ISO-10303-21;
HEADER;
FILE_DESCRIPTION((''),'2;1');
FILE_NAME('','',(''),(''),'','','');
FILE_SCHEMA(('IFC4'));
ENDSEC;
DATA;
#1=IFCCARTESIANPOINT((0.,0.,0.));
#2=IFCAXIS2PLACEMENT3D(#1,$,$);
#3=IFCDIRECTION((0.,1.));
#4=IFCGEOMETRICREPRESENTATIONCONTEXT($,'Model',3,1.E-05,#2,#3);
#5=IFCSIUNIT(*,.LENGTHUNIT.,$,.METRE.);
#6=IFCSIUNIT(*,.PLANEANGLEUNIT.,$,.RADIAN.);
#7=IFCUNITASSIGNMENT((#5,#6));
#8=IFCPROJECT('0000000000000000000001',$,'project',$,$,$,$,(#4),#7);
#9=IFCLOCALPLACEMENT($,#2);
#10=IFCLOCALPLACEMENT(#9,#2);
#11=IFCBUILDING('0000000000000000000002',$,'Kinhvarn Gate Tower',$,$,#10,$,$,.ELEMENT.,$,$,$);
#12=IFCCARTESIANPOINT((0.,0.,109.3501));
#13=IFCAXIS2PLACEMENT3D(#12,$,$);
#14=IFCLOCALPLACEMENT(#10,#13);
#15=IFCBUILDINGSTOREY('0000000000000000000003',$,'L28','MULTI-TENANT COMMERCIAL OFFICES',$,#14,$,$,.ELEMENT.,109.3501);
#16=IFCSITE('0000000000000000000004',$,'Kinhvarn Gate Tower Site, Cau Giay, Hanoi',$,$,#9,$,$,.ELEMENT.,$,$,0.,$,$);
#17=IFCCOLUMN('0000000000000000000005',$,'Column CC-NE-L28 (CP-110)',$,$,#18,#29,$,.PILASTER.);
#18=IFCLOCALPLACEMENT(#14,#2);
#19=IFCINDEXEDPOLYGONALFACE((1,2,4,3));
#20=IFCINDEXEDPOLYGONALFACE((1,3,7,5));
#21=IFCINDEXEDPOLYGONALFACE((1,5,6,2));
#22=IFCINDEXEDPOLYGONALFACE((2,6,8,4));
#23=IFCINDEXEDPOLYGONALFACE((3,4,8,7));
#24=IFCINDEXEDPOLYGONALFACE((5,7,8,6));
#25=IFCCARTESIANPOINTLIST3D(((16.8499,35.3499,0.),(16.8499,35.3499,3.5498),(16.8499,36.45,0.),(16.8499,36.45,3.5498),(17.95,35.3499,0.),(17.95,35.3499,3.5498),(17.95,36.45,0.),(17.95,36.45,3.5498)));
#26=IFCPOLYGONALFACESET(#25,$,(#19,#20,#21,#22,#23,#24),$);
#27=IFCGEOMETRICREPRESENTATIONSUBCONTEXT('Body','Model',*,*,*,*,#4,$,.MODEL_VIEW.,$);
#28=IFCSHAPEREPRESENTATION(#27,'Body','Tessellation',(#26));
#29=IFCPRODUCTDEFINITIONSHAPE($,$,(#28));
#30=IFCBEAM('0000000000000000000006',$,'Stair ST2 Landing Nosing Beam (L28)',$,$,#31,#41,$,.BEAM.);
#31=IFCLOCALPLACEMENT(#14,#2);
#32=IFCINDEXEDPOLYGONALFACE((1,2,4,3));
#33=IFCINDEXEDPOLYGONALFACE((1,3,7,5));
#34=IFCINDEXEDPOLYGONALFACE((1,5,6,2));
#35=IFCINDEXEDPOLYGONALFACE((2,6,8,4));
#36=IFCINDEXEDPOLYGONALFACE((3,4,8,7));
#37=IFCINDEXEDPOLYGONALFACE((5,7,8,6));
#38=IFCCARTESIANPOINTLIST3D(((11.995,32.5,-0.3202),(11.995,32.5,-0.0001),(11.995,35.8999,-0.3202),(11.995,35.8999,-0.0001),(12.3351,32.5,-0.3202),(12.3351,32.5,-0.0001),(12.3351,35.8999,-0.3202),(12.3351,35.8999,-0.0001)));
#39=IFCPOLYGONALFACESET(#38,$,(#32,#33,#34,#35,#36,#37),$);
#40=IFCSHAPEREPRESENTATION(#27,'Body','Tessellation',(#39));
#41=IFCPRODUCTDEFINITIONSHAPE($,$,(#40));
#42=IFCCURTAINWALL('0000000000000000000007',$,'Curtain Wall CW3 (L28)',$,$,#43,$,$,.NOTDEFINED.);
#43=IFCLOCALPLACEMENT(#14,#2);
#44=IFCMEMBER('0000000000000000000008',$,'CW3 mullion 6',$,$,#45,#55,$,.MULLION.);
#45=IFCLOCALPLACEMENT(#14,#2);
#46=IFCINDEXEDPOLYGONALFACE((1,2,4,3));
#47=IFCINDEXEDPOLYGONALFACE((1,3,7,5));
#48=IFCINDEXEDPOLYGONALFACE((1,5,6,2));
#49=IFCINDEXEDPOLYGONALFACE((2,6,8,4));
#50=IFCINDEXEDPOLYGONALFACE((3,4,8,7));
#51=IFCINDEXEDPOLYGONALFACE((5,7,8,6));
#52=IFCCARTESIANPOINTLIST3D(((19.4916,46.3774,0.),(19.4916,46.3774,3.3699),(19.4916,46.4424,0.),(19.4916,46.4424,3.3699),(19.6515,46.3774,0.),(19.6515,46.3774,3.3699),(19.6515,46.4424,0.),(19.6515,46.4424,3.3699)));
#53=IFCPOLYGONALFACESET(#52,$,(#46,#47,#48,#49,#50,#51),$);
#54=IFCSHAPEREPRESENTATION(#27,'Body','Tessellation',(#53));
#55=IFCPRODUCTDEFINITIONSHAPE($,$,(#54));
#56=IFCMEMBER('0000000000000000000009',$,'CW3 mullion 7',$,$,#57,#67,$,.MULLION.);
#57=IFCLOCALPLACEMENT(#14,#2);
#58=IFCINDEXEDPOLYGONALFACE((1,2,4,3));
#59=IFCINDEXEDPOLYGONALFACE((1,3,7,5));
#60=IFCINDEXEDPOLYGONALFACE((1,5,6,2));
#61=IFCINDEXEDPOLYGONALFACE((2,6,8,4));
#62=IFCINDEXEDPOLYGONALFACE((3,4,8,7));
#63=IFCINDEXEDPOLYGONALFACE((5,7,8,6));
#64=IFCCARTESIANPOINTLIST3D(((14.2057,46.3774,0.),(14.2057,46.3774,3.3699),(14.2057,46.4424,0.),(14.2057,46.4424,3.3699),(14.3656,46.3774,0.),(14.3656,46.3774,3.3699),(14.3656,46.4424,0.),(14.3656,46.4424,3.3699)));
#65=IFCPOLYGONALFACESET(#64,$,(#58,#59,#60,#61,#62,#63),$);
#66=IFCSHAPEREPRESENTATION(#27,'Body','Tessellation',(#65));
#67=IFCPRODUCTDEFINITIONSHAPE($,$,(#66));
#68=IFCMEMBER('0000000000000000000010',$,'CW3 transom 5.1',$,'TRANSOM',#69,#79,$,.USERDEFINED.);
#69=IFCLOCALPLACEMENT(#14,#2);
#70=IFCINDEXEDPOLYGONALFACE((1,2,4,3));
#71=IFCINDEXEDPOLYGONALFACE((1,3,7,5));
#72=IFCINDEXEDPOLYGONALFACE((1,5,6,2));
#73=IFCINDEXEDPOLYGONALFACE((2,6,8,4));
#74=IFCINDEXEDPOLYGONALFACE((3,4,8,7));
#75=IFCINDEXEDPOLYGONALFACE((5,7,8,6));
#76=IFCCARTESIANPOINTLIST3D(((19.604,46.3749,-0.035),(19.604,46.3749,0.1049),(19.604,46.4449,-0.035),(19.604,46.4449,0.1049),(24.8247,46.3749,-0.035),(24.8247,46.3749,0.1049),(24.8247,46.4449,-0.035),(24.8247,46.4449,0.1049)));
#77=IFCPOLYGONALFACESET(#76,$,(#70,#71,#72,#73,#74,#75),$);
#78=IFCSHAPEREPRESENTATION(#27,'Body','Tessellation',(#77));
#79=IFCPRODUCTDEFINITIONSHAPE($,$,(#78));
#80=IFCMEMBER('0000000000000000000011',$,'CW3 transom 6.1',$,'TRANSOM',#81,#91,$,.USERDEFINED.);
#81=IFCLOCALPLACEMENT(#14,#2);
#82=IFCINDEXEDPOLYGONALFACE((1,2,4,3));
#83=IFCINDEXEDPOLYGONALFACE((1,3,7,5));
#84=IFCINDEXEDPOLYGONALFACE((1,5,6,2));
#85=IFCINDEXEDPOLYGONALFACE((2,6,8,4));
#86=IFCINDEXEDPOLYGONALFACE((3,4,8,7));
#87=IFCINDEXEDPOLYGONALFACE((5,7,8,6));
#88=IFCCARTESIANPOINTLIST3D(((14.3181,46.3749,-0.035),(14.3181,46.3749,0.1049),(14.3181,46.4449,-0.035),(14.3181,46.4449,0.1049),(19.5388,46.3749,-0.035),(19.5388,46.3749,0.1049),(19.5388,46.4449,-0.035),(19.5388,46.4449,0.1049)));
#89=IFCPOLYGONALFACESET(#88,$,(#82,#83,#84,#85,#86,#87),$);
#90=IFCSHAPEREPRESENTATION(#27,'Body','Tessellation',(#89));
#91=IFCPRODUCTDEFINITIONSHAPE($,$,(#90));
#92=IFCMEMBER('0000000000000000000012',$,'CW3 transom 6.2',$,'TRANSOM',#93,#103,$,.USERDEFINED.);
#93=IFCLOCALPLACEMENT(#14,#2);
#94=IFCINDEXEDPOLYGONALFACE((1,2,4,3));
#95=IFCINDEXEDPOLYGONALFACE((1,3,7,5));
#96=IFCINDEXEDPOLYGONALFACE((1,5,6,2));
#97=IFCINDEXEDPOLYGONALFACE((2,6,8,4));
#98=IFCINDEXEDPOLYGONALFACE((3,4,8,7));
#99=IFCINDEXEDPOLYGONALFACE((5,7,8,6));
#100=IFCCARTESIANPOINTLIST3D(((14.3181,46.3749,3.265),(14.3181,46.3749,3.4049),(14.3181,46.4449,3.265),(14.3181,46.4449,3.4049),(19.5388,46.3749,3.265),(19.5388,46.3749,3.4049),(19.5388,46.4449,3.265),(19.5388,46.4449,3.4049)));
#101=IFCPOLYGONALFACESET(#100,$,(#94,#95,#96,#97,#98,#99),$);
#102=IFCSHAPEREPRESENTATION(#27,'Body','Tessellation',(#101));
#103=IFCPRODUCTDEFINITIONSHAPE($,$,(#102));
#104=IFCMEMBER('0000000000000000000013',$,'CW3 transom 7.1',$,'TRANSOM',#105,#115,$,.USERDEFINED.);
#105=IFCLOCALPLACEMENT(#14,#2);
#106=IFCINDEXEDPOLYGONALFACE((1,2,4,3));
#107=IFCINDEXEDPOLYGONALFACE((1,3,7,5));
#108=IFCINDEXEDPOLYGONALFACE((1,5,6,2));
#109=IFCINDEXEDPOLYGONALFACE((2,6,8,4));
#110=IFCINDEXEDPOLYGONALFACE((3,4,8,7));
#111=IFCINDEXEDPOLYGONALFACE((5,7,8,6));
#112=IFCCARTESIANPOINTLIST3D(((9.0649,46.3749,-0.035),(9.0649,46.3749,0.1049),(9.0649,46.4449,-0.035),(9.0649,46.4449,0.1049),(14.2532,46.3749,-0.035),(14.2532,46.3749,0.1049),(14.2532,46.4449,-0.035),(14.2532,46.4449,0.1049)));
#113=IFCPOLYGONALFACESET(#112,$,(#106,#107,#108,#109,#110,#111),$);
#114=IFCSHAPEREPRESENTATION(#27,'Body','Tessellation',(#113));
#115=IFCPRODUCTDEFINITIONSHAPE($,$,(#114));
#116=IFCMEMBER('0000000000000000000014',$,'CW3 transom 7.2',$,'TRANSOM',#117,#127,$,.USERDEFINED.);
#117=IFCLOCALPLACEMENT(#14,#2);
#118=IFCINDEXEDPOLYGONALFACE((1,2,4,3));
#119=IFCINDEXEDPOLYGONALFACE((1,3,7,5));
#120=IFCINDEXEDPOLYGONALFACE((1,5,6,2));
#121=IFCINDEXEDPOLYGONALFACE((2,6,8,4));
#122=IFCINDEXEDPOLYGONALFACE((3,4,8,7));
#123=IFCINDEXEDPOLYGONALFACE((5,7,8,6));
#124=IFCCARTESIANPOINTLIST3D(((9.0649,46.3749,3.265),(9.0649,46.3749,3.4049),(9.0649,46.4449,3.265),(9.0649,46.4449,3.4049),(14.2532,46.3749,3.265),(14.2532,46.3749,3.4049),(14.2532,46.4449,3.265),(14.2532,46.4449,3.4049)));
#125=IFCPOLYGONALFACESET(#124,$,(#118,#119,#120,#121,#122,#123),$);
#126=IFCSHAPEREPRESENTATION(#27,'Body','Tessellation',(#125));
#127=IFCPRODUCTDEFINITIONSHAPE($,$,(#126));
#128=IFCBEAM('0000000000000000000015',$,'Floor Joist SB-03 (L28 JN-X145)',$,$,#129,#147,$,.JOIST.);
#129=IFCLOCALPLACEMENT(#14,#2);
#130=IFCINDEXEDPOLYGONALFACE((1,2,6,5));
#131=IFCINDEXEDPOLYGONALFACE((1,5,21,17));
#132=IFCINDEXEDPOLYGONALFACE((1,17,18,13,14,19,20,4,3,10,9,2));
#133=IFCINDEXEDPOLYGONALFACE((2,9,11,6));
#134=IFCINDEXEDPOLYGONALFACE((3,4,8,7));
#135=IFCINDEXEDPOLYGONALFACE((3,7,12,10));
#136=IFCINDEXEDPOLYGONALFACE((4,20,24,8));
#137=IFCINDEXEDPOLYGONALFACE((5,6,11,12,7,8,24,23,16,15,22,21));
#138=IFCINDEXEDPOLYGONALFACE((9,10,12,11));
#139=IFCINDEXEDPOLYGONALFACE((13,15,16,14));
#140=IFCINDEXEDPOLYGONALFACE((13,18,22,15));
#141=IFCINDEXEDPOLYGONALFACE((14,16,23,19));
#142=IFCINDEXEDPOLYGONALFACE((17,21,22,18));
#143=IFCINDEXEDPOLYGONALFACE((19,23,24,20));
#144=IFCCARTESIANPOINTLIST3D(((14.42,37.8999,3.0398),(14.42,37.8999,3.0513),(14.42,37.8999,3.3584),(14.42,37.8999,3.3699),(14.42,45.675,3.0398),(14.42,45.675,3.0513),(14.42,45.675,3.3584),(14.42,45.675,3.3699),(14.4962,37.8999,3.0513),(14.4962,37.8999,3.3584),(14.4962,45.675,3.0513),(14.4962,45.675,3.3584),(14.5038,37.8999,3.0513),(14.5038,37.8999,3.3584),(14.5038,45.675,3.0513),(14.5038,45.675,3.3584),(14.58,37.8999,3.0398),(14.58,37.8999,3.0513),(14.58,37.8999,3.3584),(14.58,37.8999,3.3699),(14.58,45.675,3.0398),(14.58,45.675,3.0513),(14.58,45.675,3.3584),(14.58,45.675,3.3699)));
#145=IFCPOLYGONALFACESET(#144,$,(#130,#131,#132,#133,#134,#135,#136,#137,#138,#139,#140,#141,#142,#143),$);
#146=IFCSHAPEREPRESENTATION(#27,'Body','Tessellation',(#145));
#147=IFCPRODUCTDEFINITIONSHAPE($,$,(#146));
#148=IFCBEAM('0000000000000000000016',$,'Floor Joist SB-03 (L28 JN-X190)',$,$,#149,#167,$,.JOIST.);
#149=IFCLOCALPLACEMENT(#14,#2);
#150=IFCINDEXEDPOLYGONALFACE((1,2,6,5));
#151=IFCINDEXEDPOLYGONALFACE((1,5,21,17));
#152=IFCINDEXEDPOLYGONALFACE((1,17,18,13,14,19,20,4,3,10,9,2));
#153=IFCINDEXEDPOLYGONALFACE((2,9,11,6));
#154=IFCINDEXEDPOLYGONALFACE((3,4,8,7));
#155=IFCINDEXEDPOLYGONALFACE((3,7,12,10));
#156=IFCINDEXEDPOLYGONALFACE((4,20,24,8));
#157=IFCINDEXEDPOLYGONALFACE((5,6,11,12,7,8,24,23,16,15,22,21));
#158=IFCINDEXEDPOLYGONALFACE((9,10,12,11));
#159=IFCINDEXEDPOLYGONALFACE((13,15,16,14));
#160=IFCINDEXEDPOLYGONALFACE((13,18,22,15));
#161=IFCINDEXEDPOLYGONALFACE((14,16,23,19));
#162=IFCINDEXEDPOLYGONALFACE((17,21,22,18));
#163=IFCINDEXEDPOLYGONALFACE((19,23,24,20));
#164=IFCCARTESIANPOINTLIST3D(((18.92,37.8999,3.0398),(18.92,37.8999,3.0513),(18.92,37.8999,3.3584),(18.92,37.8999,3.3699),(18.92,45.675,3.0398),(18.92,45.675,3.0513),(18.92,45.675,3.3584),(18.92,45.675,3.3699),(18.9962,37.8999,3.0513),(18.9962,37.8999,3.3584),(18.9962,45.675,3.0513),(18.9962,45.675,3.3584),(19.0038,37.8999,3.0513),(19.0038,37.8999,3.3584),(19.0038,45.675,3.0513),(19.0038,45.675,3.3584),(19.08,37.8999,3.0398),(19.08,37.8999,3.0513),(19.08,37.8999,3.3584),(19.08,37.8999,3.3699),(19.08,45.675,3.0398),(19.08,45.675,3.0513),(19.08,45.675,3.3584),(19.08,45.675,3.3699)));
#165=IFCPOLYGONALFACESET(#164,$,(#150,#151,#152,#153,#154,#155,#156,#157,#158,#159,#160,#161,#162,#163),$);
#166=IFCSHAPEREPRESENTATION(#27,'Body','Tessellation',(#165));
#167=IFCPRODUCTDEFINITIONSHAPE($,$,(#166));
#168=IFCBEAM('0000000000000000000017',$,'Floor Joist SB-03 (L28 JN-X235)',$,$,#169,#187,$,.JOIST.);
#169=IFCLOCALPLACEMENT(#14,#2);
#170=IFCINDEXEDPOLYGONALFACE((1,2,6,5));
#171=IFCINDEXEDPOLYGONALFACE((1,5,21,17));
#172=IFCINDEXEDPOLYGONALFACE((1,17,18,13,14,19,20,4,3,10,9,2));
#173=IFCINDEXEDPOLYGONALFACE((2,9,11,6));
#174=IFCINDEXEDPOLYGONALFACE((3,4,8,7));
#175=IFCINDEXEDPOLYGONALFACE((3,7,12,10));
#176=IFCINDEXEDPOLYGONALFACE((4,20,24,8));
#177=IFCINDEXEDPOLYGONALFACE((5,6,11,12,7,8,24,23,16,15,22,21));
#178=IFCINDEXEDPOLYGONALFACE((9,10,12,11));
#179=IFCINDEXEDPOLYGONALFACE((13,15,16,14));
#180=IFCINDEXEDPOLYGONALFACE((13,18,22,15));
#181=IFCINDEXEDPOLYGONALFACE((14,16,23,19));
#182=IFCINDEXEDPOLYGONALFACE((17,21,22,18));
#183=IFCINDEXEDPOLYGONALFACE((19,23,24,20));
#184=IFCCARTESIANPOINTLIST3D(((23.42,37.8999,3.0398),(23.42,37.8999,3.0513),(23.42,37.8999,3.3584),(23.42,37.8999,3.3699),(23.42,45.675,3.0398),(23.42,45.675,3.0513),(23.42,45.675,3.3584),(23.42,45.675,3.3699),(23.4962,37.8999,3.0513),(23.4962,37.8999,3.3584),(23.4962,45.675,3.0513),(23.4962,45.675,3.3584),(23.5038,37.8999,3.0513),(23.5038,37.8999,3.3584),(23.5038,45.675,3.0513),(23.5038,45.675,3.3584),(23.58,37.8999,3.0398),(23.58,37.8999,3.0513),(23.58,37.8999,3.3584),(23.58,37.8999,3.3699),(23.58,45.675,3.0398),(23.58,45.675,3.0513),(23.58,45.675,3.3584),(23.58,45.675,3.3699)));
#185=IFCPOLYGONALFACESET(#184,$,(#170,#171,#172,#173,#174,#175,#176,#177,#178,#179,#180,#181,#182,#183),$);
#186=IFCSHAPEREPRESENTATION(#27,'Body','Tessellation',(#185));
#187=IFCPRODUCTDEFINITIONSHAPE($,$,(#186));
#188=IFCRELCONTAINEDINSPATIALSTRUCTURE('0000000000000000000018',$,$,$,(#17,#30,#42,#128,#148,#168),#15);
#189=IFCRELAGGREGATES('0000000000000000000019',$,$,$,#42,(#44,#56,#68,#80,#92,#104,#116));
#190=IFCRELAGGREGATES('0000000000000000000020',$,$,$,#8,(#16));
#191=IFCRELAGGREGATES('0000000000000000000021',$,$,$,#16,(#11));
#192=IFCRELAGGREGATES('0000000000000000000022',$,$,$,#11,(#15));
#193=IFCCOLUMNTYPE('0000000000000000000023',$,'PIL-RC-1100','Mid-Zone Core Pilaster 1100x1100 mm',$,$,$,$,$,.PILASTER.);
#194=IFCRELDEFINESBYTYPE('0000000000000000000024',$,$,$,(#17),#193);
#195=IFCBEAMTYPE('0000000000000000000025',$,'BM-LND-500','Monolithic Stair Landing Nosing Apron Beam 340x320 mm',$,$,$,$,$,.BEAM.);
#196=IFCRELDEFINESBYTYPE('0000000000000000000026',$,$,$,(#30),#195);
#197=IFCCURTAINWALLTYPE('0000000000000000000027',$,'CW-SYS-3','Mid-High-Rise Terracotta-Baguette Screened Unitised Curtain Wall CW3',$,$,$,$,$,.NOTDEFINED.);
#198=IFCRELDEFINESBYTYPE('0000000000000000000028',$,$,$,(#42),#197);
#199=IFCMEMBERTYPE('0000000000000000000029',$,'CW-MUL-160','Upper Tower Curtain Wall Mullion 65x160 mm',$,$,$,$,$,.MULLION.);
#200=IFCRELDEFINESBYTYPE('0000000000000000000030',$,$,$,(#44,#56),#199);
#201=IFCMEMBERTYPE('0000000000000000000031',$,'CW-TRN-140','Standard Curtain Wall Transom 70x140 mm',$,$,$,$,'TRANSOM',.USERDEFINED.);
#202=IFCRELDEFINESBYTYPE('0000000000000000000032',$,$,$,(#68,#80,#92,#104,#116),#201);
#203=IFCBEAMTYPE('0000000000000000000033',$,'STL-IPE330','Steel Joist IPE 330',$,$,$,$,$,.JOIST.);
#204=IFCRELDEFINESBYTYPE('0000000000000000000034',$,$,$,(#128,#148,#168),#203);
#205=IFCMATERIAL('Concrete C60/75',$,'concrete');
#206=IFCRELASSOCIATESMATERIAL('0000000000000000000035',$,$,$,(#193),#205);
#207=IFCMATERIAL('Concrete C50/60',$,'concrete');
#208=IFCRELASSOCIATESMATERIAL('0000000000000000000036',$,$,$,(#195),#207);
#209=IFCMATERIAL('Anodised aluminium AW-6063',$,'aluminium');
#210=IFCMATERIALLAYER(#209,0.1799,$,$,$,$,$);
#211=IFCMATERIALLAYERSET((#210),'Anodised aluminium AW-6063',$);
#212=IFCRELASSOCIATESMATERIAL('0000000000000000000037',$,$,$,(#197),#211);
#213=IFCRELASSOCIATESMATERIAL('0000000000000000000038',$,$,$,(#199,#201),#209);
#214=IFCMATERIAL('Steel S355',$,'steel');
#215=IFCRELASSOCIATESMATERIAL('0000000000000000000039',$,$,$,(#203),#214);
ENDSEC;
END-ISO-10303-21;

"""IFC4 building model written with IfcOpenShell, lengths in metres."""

from ifc_helpers import new_model, si_unit, direction, frame, origin, origin_2d, place, context, subcontext, project, spatial, rectangle, i_section, extrude, material, layer, layer_set, material_profile, profile_set, type_object, element, aggregate, save


model = new_model("IFC4")

# Units and contexts
model_context = context("Model", 3, precision=1e-05, world=origin(), true_north=direction((0.0, 1.0)))
body_context = subcontext(model_context, "Body", "Model", "MODEL_VIEW")
ifc_project = project(units=[si_unit("LENGTHUNIT", "METRE"), si_unit("PLANEANGLEUNIT", "RADIAN")], contexts=[model_context])

# Site, building, storey
site_placement = place(None, origin())
site = spatial("IfcSite", under=ifc_project, at=site_placement, Name="Kinhvarn Gate Tower Site, Cau Giay, Hanoi", CompositionType="ELEMENT", RefElevation=0.0)
building_placement = place(site_placement, origin())
building = spatial("IfcBuilding", under=site, at=building_placement, Name="Kinhvarn Gate Tower", CompositionType="ELEMENT")
storey_placement = place(building_placement, frame((0.0, 0.0, 109.3501)))
storey = spatial("IfcBuildingStorey", under=building, at=storey_placement, Name="L28", Description="MULTI-TENANT COMMERCIAL OFFICES", CompositionType="ELEMENT", Elevation=109.3501)

# Column
ifc_material_1 = material(Name="Concrete C60/75", Category="concrete")
ifc_material_profile_1 = material_profile(ifc_material_1, rectangle(XDim=1.1001, YDim=1.1001, at=origin_2d()), Name="RC 1100x1100")
ifc_profile_set_1 = profile_set([ifc_material_profile_1], Name="Concrete C60/75")
column_type = type_object("IfcColumnType", Name="PIL-RC-1100", Description="Mid-Zone Core Pilaster 1100x1100 mm", PredefinedType="PILASTER", material=ifc_profile_set_1)
column_placement = place(storey_placement, frame((17.3999, 35.8999, 0.0), z_axis=(0.0, 0.0, 1.0), x_axis=(1.0, 0.0, 0.0)))
element("IfcColumn", 1, at=column_placement, inside=storey, type_object=column_type, Name="Column CC-NE-L28 (CP-110)", PredefinedType="PILASTER", context=body_context, shape_type="SweptSolid", body=[
    extrude(rectangle(XDim=1.1001, YDim=1.1001, at=origin_2d()), origin(), (0.0, 0.0, 1.0), 3.5498),
])

# Beam
ifc_material_2 = material(Name="Concrete C50/60", Category="concrete")
ifc_material_profile_2 = material_profile(ifc_material_2, rectangle(XDim=0.3401, YDim=0.3201, at=origin_2d()), Name="RC 340x320")
ifc_profile_set_2 = profile_set([ifc_material_profile_2], Name="Concrete C50/60")
beam_type_1 = type_object("IfcBeamType", Name="BM-LND-500", Description="Monolithic Stair Landing Nosing Apron Beam 340x320 mm", PredefinedType="BEAM", material=ifc_profile_set_2)
beam_placement = place(storey_placement, frame((12.165, 32.5, -0.1602), z_axis=(0.0, 1.0, 0.0), x_axis=(-1.0, 0.0, 0.0)))
element("IfcBeam", 2, at=beam_placement, inside=storey, type_object=beam_type_1, Name="Stair ST2 Landing Nosing Beam (L28)", PredefinedType="BEAM", context=body_context, shape_type="SweptSolid", body=[
    extrude(rectangle(XDim=0.3401, YDim=0.3201, at=origin_2d()), origin(), (0.0, 0.0, 1.0), 3.3999),
])

# Curtain wall, members
ifc_material_3 = material(Name="Anodised aluminium AW-6063", Category="aluminium")
ifc_layer_1 = layer(ifc_material_3, 0.1799)
ifc_layer_set_1 = layer_set([ifc_layer_1], Name="Anodised aluminium AW-6063")
curtain_wall_type = type_object("IfcCurtainWallType", Name="CW-SYS-3", Description="Mid-High-Rise Terracotta-Baguette Screened Unitised Curtain Wall CW3", PredefinedType="NOTDEFINED", material=ifc_layer_set_1)
curtain_wall_placement = place(storey_placement, origin())
curtain_wall = element("IfcCurtainWall", 3, at=curtain_wall_placement, inside=storey, type_object=curtain_wall_type, Name="Curtain Wall CW3 (L28)", PredefinedType="NOTDEFINED")
ifc_material_profile_3 = material_profile(ifc_material_3, rectangle(XDim=0.0649, YDim=0.1599, at=origin_2d()), Name="ALU 65x160")
ifc_profile_set_3 = profile_set([ifc_material_profile_3], Name="Anodised aluminium AW-6063")
member_type_1 = type_object("IfcMemberType", Name="CW-MUL-160", Description="Upper Tower Curtain Wall Mullion 65x160 mm", PredefinedType="MULLION", material=ifc_profile_set_3)
member_1_placement = place(storey_placement, frame((19.5715, 46.4099, 0.0), z_axis=(0.0, 0.0, 1.0), x_axis=(0.0, -1.0, 0.0)))
member_1 = element("IfcMember", 4, at=member_1_placement, type_object=member_type_1, Name="CW3 mullion 6", PredefinedType="MULLION", context=body_context, shape_type="SweptSolid", body=[
    extrude(rectangle(XDim=0.0649, YDim=0.1599, at=origin_2d()), origin(), (0.0, 0.0, 1.0), 3.3699),
])
member_2_placement = place(storey_placement, frame((14.2856, 46.4099, 0.0), z_axis=(0.0, 0.0, 1.0), x_axis=(0.0, -1.0, 0.0)))
member_2 = element("IfcMember", 5, at=member_2_placement, type_object=member_type_1, Name="CW3 mullion 7", PredefinedType="MULLION", context=body_context, shape_type="SweptSolid", body=[
    extrude(rectangle(XDim=0.0649, YDim=0.1599, at=origin_2d()), origin(), (0.0, 0.0, 1.0), 3.3699),
])
ifc_material_profile_4 = material_profile(ifc_material_3, rectangle(XDim=0.0701, YDim=0.1399, at=origin_2d()), Name="ALU 70x140")
ifc_profile_set_4 = profile_set([ifc_material_profile_4], Name="Anodised aluminium AW-6063")
member_type_2 = type_object("IfcMemberType", Name="CW-TRN-140", Description="Standard Curtain Wall Transom 70x140 mm", ElementType="TRANSOM", PredefinedType="USERDEFINED", material=ifc_profile_set_4)
member_3_placement = place(storey_placement, frame((24.8247, 46.4099, 0.0349), z_axis=(-1.0, 0.0, 0.0), x_axis=(0.0, -1.0, 0.0)))
member_3 = element("IfcMember", 6, at=member_3_placement, type_object=member_type_2, Name="CW3 transom 5.1", ObjectType="TRANSOM", PredefinedType="USERDEFINED", context=body_context, shape_type="SweptSolid", body=[
    extrude(rectangle(XDim=0.0701, YDim=0.1399, at=origin_2d()), origin(), (0.0, 0.0, 1.0), 5.2207),
])
member_4_placement = place(storey_placement, frame((19.5388, 46.4099, 0.0349), z_axis=(-1.0, 0.0, 0.0), x_axis=(0.0, -1.0, 0.0)))
member_4 = element("IfcMember", 7, at=member_4_placement, type_object=member_type_2, Name="CW3 transom 6.1", ObjectType="TRANSOM", PredefinedType="USERDEFINED", context=body_context, shape_type="SweptSolid", body=[
    extrude(rectangle(XDim=0.0701, YDim=0.1399, at=origin_2d()), origin(), (0.0, 0.0, 1.0), 5.2207),
])
member_5_placement = place(storey_placement, frame((19.5388, 46.4099, 3.335), z_axis=(-1.0, 0.0, 0.0), x_axis=(0.0, -1.0, 0.0)))
member_5 = element("IfcMember", 8, at=member_5_placement, type_object=member_type_2, Name="CW3 transom 6.2", ObjectType="TRANSOM", PredefinedType="USERDEFINED", context=body_context, shape_type="SweptSolid", body=[
    extrude(rectangle(XDim=0.0701, YDim=0.1399, at=origin_2d()), origin(), (0.0, 0.0, 1.0), 5.2207),
])
member_6_placement = place(storey_placement, frame((14.2532, 46.4099, 0.0349), z_axis=(-1.0, 0.0, 0.0), x_axis=(0.0, -1.0, 0.0)))
member_6 = element("IfcMember", 9, at=member_6_placement, type_object=member_type_2, Name="CW3 transom 7.1", ObjectType="TRANSOM", PredefinedType="USERDEFINED", context=body_context, shape_type="SweptSolid", body=[
    extrude(rectangle(XDim=0.0701, YDim=0.1399, at=origin_2d()), origin(), (0.0, 0.0, 1.0), 5.1882),
])
member_7_placement = place(storey_placement, frame((14.2532, 46.4099, 3.335), z_axis=(-1.0, 0.0, 0.0), x_axis=(0.0, -1.0, 0.0)))
member_7 = element("IfcMember", 10, at=member_7_placement, type_object=member_type_2, Name="CW3 transom 7.2", ObjectType="TRANSOM", PredefinedType="USERDEFINED", context=body_context, shape_type="SweptSolid", body=[
    extrude(rectangle(XDim=0.0701, YDim=0.1399, at=origin_2d()), origin(), (0.0, 0.0, 1.0), 5.1882),
])

# Beams
ifc_material_4 = material(Name="Steel S355", Category="steel")
ifc_material_profile_5 = material_profile(ifc_material_4, i_section(OverallWidth=0.1599, OverallDepth=0.3301, WebThickness=0.0076, FlangeThickness=0.0115, at=origin_2d()), Name="IPE 330")
ifc_profile_set_5 = profile_set([ifc_material_profile_5], Name="Steel S355")
beam_type_2 = type_object("IfcBeamType", Name="STL-IPE330", Description="Steel Joist IPE 330", PredefinedType="JOIST", material=ifc_profile_set_5)
for number, where, z_axis, x_axis, name in (
    (11, (14.5, 37.8999, 3.2048), (0.0, 1.0, 0.0), (-1.0, 0.0, 0.0), "Floor Joist SB-03 (L28 JN-X145)"),
    (12, (19.0, 37.8999, 3.2048), (0.0, 1.0, 0.0), (-1.0, 0.0, 0.0), "Floor Joist SB-03 (L28 JN-X190)"),
    (13, (23.5, 37.8999, 3.2048), (0.0, 1.0, 0.0), (-1.0, 0.0, 0.0), "Floor Joist SB-03 (L28 JN-X235)"),
):
    element("IfcBeam", number, at=place(storey_placement, frame(where, z_axis=z_axis, x_axis=x_axis)), inside=storey, type_object=beam_type_2, Name=name, PredefinedType="JOIST", context=body_context, shape_type="SweptSolid", body=[
        extrude(i_section(OverallWidth=0.1599, OverallDepth=0.3301, WebThickness=0.0076, FlangeThickness=0.0115, at=origin_2d()), origin(), (0.0, 0.0, 1.0), 7.7751),
    ])

aggregate(curtain_wall, [member_1, member_2, member_3, member_4, member_5, member_6, member_7])

save(model, "model.ifc")
